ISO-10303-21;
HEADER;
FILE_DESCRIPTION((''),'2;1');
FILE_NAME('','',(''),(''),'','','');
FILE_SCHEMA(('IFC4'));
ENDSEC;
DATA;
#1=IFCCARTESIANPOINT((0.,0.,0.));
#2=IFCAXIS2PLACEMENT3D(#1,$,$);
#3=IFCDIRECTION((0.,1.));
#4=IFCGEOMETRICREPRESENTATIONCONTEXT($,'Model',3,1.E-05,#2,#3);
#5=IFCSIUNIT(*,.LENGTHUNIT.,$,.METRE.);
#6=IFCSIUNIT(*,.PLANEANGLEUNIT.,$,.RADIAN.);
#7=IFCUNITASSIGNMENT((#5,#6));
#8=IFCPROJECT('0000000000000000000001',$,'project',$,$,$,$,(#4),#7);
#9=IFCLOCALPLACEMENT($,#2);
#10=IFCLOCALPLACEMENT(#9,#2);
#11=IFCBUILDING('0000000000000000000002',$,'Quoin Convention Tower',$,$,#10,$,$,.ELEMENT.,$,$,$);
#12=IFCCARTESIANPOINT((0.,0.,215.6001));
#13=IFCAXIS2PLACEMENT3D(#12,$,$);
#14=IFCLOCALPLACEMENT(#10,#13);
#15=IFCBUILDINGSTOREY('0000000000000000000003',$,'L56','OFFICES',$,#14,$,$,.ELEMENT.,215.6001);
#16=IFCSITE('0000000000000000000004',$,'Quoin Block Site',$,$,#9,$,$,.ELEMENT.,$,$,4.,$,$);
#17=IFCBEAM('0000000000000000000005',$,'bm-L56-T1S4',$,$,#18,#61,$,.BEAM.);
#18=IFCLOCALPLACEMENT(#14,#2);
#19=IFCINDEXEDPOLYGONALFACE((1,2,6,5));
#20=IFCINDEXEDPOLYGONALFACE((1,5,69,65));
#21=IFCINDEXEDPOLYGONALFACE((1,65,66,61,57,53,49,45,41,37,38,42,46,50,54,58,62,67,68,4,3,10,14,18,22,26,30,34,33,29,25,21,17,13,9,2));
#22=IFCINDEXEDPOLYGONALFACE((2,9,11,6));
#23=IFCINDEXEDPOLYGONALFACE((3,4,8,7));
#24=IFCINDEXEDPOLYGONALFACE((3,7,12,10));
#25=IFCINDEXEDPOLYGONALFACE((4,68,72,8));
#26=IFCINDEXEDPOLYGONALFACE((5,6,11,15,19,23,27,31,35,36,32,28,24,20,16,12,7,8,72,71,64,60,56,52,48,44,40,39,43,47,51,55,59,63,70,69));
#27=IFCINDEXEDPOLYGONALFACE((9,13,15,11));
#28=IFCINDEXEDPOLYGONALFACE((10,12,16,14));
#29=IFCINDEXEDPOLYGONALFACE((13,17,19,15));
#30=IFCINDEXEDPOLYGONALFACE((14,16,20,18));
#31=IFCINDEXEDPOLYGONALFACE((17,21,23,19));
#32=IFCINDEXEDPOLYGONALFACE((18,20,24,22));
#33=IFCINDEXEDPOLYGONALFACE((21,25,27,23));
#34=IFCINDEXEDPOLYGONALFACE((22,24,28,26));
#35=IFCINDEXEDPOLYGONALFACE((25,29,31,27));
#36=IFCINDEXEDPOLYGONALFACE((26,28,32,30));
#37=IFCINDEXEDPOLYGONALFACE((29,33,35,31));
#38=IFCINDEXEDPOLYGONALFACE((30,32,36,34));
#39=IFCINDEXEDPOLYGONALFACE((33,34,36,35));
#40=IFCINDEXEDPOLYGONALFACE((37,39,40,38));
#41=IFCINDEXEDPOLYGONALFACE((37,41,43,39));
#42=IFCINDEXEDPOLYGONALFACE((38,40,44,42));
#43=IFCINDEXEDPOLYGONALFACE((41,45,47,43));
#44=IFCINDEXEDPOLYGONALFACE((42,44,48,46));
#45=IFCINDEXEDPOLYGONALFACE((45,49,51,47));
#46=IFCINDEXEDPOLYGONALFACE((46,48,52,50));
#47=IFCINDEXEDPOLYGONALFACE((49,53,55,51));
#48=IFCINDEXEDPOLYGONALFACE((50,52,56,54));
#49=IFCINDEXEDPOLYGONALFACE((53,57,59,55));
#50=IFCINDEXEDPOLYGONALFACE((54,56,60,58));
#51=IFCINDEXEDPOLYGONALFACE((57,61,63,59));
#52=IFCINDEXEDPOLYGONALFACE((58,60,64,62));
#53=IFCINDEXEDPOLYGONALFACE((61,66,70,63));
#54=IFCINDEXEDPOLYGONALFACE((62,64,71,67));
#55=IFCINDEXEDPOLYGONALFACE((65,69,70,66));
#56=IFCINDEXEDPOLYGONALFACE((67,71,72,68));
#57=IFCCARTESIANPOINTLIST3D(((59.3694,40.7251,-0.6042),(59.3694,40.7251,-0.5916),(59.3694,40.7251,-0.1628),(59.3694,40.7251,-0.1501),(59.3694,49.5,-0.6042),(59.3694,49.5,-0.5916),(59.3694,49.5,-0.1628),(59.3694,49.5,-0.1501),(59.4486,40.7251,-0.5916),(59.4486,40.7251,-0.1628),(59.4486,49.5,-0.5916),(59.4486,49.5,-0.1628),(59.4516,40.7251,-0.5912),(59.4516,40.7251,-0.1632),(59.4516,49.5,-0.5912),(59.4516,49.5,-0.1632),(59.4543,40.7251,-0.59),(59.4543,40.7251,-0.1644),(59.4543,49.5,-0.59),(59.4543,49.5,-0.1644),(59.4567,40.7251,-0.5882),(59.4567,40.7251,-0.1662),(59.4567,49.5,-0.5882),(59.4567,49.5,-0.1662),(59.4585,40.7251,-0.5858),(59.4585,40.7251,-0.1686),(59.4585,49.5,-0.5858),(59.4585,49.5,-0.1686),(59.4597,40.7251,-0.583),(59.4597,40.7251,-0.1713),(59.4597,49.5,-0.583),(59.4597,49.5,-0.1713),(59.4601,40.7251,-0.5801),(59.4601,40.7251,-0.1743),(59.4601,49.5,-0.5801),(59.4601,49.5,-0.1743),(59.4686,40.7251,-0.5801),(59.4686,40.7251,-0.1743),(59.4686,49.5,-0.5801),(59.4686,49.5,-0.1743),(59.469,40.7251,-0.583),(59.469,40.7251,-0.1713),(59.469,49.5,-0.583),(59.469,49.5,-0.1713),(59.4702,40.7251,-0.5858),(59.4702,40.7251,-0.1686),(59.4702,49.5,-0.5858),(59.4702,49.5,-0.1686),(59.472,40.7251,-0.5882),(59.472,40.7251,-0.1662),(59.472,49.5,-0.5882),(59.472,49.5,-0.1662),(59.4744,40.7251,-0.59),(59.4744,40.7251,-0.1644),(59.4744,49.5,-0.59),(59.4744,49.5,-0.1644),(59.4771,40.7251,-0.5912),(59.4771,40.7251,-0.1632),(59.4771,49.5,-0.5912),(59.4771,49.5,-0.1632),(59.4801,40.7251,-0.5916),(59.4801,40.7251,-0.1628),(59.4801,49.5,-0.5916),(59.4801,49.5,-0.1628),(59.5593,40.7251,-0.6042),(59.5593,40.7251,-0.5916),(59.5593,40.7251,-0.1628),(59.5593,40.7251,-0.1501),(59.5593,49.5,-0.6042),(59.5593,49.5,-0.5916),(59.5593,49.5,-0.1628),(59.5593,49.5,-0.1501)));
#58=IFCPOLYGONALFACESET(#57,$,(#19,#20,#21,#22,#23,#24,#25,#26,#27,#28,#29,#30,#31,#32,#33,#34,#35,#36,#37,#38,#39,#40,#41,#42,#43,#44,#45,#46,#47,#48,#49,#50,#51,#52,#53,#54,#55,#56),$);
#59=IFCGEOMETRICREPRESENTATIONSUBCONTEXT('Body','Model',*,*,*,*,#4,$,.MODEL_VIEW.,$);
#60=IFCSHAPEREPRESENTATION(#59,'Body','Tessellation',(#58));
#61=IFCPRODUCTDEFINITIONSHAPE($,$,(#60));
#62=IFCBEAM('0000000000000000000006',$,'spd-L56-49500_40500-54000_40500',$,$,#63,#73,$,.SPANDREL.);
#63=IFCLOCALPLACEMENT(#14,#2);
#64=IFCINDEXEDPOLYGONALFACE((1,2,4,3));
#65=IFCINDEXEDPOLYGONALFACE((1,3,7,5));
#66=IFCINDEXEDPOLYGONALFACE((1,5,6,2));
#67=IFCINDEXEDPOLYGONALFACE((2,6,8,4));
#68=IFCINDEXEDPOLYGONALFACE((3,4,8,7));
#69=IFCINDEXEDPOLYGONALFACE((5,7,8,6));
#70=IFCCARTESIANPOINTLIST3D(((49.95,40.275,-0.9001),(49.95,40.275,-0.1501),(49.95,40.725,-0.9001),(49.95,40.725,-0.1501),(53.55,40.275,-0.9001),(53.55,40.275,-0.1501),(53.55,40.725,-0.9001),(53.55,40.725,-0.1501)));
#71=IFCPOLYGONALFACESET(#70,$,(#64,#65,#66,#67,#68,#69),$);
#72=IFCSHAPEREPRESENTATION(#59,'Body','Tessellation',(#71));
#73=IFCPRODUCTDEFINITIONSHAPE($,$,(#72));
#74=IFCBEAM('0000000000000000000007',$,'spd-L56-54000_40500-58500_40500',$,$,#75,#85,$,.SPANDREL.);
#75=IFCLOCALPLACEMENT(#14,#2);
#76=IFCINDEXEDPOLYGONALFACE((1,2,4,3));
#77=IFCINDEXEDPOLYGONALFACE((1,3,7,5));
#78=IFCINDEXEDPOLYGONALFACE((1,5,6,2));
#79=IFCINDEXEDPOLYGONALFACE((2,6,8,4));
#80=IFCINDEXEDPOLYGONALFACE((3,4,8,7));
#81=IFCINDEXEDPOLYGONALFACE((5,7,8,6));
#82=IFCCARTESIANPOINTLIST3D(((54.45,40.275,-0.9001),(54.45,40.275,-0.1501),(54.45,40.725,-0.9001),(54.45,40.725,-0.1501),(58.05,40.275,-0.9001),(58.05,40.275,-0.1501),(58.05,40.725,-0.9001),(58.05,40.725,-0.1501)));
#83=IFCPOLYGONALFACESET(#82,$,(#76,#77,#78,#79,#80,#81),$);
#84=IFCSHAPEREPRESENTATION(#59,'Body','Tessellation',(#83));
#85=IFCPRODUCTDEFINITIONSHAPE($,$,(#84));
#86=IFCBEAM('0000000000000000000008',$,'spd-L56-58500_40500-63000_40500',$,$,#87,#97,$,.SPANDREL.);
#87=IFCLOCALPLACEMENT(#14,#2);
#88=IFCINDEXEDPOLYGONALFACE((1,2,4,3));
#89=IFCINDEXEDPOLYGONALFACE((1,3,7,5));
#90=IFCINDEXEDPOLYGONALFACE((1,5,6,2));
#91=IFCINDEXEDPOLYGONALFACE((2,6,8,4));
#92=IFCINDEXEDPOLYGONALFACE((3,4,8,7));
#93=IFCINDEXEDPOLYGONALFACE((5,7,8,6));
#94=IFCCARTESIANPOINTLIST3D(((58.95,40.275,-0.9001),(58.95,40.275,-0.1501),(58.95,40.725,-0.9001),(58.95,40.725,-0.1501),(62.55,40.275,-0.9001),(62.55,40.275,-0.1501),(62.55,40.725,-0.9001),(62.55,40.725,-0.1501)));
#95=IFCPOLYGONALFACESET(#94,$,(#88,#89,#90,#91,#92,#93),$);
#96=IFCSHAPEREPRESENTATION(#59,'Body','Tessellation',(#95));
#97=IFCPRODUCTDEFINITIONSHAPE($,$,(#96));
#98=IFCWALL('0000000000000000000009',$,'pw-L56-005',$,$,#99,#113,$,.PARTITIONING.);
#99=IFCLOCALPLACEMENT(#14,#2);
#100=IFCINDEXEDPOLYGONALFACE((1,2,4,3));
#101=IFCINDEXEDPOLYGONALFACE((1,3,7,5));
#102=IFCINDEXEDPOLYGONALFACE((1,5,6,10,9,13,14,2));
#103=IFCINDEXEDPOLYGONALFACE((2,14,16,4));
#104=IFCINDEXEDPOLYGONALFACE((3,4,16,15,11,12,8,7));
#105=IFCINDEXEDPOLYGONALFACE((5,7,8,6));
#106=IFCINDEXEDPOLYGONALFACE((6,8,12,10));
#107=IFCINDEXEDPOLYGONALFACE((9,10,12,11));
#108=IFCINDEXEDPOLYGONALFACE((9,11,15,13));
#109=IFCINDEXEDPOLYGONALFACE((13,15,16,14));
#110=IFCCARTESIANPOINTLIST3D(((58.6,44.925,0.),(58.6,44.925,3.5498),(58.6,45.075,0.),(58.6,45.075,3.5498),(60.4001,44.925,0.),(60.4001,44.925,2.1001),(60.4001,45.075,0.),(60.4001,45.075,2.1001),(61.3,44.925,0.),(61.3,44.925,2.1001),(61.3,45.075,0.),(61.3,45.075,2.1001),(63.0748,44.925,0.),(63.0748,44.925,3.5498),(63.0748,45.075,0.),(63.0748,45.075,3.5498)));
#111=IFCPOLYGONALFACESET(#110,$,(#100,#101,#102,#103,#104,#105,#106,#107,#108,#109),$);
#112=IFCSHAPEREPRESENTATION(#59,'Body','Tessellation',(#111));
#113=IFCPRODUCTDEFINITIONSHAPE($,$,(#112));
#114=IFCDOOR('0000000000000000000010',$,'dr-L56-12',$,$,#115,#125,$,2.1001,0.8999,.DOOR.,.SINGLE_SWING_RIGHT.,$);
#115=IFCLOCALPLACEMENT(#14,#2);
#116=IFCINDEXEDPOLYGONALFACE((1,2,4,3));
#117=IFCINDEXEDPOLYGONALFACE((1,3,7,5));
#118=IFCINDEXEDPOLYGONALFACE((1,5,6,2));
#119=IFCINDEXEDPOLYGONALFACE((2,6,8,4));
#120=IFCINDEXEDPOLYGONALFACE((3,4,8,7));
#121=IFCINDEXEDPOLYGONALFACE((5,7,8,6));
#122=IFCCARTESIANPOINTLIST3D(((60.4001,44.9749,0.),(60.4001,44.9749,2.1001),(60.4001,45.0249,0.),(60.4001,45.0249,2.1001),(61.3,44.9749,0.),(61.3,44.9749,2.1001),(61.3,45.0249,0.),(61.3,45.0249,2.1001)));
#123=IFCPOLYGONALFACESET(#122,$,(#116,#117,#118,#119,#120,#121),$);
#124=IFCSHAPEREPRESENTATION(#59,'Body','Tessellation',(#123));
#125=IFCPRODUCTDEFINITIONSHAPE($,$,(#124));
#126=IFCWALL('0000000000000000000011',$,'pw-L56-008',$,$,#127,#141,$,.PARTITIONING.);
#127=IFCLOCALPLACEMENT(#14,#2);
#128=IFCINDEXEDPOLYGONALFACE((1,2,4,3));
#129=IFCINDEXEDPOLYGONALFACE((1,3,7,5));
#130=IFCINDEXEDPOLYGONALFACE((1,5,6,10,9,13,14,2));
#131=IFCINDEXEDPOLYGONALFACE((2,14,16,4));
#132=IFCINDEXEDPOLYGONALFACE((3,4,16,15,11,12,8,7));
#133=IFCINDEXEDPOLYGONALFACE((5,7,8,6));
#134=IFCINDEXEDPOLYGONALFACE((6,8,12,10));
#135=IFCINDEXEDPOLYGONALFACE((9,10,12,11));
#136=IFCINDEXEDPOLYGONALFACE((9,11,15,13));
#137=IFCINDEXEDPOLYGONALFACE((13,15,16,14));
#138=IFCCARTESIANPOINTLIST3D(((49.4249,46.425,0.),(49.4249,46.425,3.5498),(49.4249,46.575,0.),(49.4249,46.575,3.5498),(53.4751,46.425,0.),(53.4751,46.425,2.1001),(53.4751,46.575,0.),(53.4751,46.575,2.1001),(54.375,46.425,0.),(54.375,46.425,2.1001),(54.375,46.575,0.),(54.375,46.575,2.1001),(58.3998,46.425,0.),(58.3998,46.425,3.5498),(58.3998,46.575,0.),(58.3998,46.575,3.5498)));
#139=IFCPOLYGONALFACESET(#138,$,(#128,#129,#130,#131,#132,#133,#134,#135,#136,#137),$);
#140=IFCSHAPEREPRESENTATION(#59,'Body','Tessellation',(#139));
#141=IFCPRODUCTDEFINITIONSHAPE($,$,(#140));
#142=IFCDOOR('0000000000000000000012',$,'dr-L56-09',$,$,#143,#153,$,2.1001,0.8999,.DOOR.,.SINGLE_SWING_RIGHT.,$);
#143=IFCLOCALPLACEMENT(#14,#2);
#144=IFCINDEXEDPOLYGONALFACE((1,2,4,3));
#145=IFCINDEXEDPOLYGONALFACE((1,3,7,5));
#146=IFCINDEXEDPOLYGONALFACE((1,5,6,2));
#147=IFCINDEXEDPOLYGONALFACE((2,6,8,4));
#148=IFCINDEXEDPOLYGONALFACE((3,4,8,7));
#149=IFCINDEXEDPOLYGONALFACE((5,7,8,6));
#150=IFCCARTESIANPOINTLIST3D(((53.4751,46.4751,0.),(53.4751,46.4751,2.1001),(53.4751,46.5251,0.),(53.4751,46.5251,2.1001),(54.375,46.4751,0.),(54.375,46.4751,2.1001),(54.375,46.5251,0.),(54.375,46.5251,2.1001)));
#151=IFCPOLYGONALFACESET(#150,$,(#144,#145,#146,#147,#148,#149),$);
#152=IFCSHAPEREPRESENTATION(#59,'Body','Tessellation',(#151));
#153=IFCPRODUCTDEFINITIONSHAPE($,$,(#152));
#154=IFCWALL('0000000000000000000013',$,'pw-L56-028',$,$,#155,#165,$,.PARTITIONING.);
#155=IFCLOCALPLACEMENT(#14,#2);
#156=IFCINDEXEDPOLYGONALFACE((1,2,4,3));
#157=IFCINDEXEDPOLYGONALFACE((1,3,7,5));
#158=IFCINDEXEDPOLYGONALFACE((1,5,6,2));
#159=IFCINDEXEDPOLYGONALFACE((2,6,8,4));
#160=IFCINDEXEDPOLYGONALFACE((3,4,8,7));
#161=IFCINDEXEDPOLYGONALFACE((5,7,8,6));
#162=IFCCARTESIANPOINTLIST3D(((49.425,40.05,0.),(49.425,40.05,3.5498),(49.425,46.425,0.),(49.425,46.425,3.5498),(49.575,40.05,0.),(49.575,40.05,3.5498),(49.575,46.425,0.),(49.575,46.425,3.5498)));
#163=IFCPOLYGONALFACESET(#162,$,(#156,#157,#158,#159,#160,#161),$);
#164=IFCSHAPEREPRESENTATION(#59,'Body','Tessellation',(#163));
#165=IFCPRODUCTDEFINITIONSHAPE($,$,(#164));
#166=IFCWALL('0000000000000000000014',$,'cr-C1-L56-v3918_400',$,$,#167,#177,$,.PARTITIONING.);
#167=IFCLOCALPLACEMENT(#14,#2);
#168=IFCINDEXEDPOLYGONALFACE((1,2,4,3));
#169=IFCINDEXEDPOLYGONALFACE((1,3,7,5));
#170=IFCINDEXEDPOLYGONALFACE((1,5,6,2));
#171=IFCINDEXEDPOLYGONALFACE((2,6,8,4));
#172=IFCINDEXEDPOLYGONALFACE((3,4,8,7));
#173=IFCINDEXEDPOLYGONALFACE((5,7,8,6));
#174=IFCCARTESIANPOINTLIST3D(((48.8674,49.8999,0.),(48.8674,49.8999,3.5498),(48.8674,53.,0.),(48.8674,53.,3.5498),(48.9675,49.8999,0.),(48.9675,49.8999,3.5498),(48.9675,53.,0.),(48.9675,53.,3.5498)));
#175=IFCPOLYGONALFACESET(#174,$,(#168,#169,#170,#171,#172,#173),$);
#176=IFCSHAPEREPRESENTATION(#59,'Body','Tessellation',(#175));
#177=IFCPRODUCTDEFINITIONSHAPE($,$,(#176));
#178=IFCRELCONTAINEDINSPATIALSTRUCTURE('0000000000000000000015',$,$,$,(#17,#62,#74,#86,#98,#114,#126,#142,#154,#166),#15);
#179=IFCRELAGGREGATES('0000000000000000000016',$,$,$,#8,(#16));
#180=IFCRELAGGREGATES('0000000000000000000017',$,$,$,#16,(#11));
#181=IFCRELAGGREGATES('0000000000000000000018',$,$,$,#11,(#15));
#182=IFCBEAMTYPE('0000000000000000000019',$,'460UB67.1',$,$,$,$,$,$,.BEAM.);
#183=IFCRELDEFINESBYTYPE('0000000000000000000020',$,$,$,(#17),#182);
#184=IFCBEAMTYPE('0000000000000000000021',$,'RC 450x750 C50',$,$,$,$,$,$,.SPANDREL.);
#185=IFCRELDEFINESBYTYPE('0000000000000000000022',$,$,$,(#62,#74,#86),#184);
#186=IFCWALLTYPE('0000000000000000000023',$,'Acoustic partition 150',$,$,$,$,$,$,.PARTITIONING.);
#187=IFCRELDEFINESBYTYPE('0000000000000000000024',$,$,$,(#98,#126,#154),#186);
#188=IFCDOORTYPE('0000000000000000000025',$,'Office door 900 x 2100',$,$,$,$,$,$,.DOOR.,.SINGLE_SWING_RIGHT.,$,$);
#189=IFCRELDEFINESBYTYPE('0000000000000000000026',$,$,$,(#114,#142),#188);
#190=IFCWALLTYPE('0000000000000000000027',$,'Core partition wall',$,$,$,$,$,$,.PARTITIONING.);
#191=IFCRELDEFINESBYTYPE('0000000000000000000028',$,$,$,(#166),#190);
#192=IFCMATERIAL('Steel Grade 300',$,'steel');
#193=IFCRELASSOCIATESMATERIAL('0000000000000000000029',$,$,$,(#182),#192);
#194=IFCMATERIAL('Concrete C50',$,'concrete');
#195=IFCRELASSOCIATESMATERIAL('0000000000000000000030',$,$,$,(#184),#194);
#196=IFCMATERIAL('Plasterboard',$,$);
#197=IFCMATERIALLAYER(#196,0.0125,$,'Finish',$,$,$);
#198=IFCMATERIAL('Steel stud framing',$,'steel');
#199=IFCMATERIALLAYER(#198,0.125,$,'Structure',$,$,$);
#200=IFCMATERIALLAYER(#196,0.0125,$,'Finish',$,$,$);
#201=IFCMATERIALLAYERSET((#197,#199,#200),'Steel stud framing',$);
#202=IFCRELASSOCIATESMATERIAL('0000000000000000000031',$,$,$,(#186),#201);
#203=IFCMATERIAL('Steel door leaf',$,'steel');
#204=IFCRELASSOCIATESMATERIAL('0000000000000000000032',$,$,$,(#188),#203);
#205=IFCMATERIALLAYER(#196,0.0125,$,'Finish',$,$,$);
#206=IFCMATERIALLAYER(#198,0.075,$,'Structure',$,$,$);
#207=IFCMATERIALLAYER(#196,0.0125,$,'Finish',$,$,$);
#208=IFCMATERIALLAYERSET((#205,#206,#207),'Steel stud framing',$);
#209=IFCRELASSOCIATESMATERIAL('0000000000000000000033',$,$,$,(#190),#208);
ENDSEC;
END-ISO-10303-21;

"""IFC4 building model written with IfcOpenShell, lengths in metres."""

from ifc_helpers import new_model, si_unit, direction, frame, frame_2d, origin, origin_2d, place, context, subcontext, project, spatial, rectangle, i_section, extrude, material, layer, layer_set, material_profile, profile_set, type_object, element, fill, save


model = new_model("IFC4")

# Units and contexts
model_context = context("Model", 3, precision=1e-05, world=origin(), true_north=direction((0.0, 1.0)))
body_context = subcontext(model_context, "Body", "Model", "MODEL_VIEW")
ifc_project = project(units=[si_unit("LENGTHUNIT", "METRE"), si_unit("PLANEANGLEUNIT", "RADIAN")], contexts=[model_context])

# Site, building, storey
site_placement = place(None, origin())
site = spatial("IfcSite", under=ifc_project, at=site_placement, Name="Quoin Block Site", CompositionType="ELEMENT", RefElevation=4.0)
building_placement = place(site_placement, origin())
building = spatial("IfcBuilding", under=site, at=building_placement, Name="Quoin Convention Tower", CompositionType="ELEMENT")
storey_placement = place(building_placement, frame((0.0, 0.0, 215.6001)))
storey = spatial("IfcBuildingStorey", under=building, at=storey_placement, Name="L56", Description="OFFICES", CompositionType="ELEMENT", Elevation=215.6001)

# Shared definitions
ifc_material_1 = material(Name="Concrete C50", Category="concrete")

# Beams
ifc_material_2 = material(Name="Steel Grade 300", Category="steel")
ifc_material_profile_1 = material_profile(ifc_material_2, i_section(OverallWidth=0.1899, OverallDepth=0.4541, WebThickness=0.0085, FlangeThickness=0.0127, FilletRadius=0.0115, at=origin_2d()), Name="460UB67.1")
ifc_profile_set_1 = profile_set([ifc_material_profile_1], Name="Steel Grade 300")
beam_type_1 = type_object("IfcBeamType", Name="460UB67.1", PredefinedType="BEAM", material=ifc_profile_set_1)
for number, where, z_axis, x_axis, name in (
    (1, (59.4644, 40.7251, -0.3772), (0.0, 1.0, 0.0), (-1.0, 0.0, 0.0), "bm-L56-T1S4"),
):
    element("IfcBeam", number, at=place(storey_placement, frame(where, z_axis=z_axis, x_axis=x_axis)), inside=storey, type_object=beam_type_1, Name=name, PredefinedType="BEAM", context=body_context, shape_type="SweptSolid", body=[
        extrude(i_section(OverallWidth=0.1899, OverallDepth=0.4541, WebThickness=0.0085, FlangeThickness=0.0127, FilletRadius=0.0115, at=origin_2d()), origin(), (0.0, 0.0, 1.0), 8.7749),
    ])
ifc_material_profile_2 = material_profile(ifc_material_1, rectangle(XDim=0.45, YDim=0.75, at=origin_2d()), Name="RC 450x750")
ifc_profile_set_2 = profile_set([ifc_material_profile_2], Name="Concrete C50")
beam_type_2 = type_object("IfcBeamType", Name="RC 450x750 C50", PredefinedType="SPANDREL", material=ifc_profile_set_2)
for number, where, z_axis, x_axis, name in (
    (2, (49.95, 40.5, -0.5251), (1.0, 0.0, 0.0), (0.0, 1.0, 0.0), "spd-L56-49500_40500-54000_40500"),
    (3, (54.45, 40.5, -0.5251), (1.0, 0.0, 0.0), (0.0, 1.0, 0.0), "spd-L56-54000_40500-58500_40500"),
    (4, (58.95, 40.5, -0.5251), (1.0, 0.0, 0.0), (0.0, 1.0, 0.0), "spd-L56-58500_40500-63000_40500"),
):
    element("IfcBeam", number, at=place(storey_placement, frame(where, z_axis=z_axis, x_axis=x_axis)), inside=storey, type_object=beam_type_2, Name=name, PredefinedType="SPANDREL", context=body_context, shape_type="SweptSolid", body=[
        extrude(rectangle(XDim=0.45, YDim=0.75, at=origin_2d()), origin(), (0.0, 0.0, 1.0), 3.6001),
    ])

# Walls, openings, doors
ifc_material_3 = material(Name="Plasterboard")
ifc_layer_1 = layer(ifc_material_3, 0.0125, Name="Finish")
ifc_material_4 = material(Name="Steel stud framing", Category="steel")
ifc_layer_2 = layer(ifc_material_4, 0.125, Name="Structure")
ifc_layer_3 = layer(ifc_material_3, 0.0125, Name="Finish")
ifc_layer_set_1 = layer_set([ifc_layer_1, ifc_layer_2, ifc_layer_3], Name="Steel stud framing")
wall_type_1 = type_object("IfcWallType", Name="Acoustic partition 150", PredefinedType="PARTITIONING", material=ifc_layer_set_1)
wall_1_placement = place(storey_placement, frame((58.6001, 45.0, 0.0), z_axis=(0.0, 0.0, 1.0), x_axis=(1.0, 0.0, 0.0)))
wall_1 = element("IfcWall", 5, at=wall_1_placement, inside=storey, type_object=wall_type_1, Name="pw-L56-005", PredefinedType="PARTITIONING", context=body_context, shape_type="SweptSolid", body=[
    extrude(rectangle(XDim=4.4749, YDim=0.1499, at=frame_2d((2.2373, 0.0))), origin(), (0.0, 0.0, 1.0), 3.5498),
])
opening_1_placement = place(wall_1_placement, frame((1.8, 0.0, 0.0)))
opening_1 = element("IfcOpeningElement", 6, at=opening_1_placement, cuts=wall_1, PredefinedType="OPENING", context=body_context, shape_type="SweptSolid", body=[
    extrude(rectangle(XDim=0.8999, YDim=2.1001, at=frame_2d((0.45, 1.05))), frame((0.0, 0.085, 0.0), z_axis=(0.0, -1.0, 0.0), x_axis=(1.0, 0.0, 0.0)), (0.0, 0.0, 1.0), 0.1699),
])
ifc_material_5 = material(Name="Steel door leaf", Category="steel")
door_type = type_object("IfcDoorType", Name="Office door 900 x 2100", OperationType="SINGLE_SWING_RIGHT", PredefinedType="DOOR", material=ifc_material_5)
door_1_placement = place(opening_1_placement, origin())
door_1 = element("IfcDoor", 7, at=door_1_placement, inside=storey, type_object=door_type, Name="dr-L56-12", OperationType="SINGLE_SWING_RIGHT", OverallHeight=2.1001, OverallWidth=0.8999, PredefinedType="DOOR", context=body_context, shape_type="SweptSolid", body=[
    extrude(rectangle(XDim=0.8999, YDim=2.1001, at=frame_2d((0.45, 1.05))), frame((0.0, 0.0249, 0.0), z_axis=(0.0, -1.0, 0.0), x_axis=(1.0, 0.0, 0.0)), (0.0, 0.0, 1.0), 0.05),
])
fill(opening_1, door_1)
wall_2_placement = place(storey_placement, frame((49.425, 46.5, 0.0), z_axis=(0.0, 0.0, 1.0), x_axis=(1.0, 0.0, 0.0)))
wall_2 = element("IfcWall", 8, at=wall_2_placement, inside=storey, type_object=wall_type_1, Name="pw-L56-008", PredefinedType="PARTITIONING", context=body_context, shape_type="SweptSolid", body=[
    extrude(rectangle(XDim=8.9749, YDim=0.1499, at=frame_2d((4.4873, 0.0))), origin(), (0.0, 0.0, 1.0), 3.5498),
])
opening_2_placement = place(wall_2_placement, frame((4.05, 0.0, 0.0)))
opening_2 = element("IfcOpeningElement", 9, at=opening_2_placement, cuts=wall_2, PredefinedType="OPENING", context=body_context, shape_type="SweptSolid", body=[
    extrude(rectangle(XDim=0.8999, YDim=2.1001, at=frame_2d((0.45, 1.05))), frame((0.0, 0.085, 0.0), z_axis=(0.0, -1.0, 0.0), x_axis=(1.0, 0.0, 0.0)), (0.0, 0.0, 1.0), 0.1699),
])
door_2_placement = place(opening_2_placement, frame((0.8999, 0.0, 0.0), z_axis=(0.0, 0.0, 1.0), x_axis=(-1.0, 0.0, 0.0)))
door_2 = element("IfcDoor", 10, at=door_2_placement, inside=storey, type_object=door_type, Name="dr-L56-09", OperationType="SINGLE_SWING_RIGHT", OverallHeight=2.1001, OverallWidth=0.8999, PredefinedType="DOOR", context=body_context, shape_type="SweptSolid", body=[
    extrude(rectangle(XDim=0.8999, YDim=2.1001, at=frame_2d((0.45, 1.05))), frame((0.0, 0.0249, 0.0), z_axis=(0.0, -1.0, 0.0), x_axis=(1.0, 0.0, 0.0)), (0.0, 0.0, 1.0), 0.05),
])
fill(opening_2, door_2)

# Walls
wall_3_placement = place(storey_placement, frame((49.5, 40.05, 0.0), z_axis=(0.0, 0.0, 1.0), x_axis=(0.0, 1.0, 0.0)))
element("IfcWall", 11, at=wall_3_placement, inside=storey, type_object=wall_type_1, Name="pw-L56-028", PredefinedType="PARTITIONING", context=body_context, shape_type="SweptSolid", body=[
    extrude(rectangle(XDim=6.375, YDim=0.1499, at=frame_2d((3.1875, 0.0))), origin(), (0.0, 0.0, 1.0), 3.5498),
])
ifc_layer_4 = layer(ifc_material_3, 0.0125, Name="Finish")
ifc_layer_5 = layer(ifc_material_4, 0.075, Name="Structure")
ifc_layer_6 = layer(ifc_material_3, 0.0125, Name="Finish")
ifc_layer_set_2 = layer_set([ifc_layer_4, ifc_layer_5, ifc_layer_6], Name="Steel stud framing")
wall_type_2 = type_object("IfcWallType", Name="Core partition wall", PredefinedType="PARTITIONING", material=ifc_layer_set_2)
for number, where, z_axis, x_axis, name in (
    (12, (48.9175, 49.8999, 0.0), (0.0, 0.0, 1.0), (0.0, 1.0, 0.0), "cr-C1-L56-v3918_400"),
):
    element("IfcWall", number, at=place(storey_placement, frame(where, z_axis=z_axis, x_axis=x_axis)), inside=storey, type_object=wall_type_2, Name=name, PredefinedType="PARTITIONING", context=body_context, shape_type="SweptSolid", body=[
        extrude(rectangle(XDim=3.1001, YDim=0.1001, at=frame_2d((1.55, 0.0))), origin(), (0.0, 0.0, 1.0), 3.5498),
    ])

save(model, "model.ifc")
